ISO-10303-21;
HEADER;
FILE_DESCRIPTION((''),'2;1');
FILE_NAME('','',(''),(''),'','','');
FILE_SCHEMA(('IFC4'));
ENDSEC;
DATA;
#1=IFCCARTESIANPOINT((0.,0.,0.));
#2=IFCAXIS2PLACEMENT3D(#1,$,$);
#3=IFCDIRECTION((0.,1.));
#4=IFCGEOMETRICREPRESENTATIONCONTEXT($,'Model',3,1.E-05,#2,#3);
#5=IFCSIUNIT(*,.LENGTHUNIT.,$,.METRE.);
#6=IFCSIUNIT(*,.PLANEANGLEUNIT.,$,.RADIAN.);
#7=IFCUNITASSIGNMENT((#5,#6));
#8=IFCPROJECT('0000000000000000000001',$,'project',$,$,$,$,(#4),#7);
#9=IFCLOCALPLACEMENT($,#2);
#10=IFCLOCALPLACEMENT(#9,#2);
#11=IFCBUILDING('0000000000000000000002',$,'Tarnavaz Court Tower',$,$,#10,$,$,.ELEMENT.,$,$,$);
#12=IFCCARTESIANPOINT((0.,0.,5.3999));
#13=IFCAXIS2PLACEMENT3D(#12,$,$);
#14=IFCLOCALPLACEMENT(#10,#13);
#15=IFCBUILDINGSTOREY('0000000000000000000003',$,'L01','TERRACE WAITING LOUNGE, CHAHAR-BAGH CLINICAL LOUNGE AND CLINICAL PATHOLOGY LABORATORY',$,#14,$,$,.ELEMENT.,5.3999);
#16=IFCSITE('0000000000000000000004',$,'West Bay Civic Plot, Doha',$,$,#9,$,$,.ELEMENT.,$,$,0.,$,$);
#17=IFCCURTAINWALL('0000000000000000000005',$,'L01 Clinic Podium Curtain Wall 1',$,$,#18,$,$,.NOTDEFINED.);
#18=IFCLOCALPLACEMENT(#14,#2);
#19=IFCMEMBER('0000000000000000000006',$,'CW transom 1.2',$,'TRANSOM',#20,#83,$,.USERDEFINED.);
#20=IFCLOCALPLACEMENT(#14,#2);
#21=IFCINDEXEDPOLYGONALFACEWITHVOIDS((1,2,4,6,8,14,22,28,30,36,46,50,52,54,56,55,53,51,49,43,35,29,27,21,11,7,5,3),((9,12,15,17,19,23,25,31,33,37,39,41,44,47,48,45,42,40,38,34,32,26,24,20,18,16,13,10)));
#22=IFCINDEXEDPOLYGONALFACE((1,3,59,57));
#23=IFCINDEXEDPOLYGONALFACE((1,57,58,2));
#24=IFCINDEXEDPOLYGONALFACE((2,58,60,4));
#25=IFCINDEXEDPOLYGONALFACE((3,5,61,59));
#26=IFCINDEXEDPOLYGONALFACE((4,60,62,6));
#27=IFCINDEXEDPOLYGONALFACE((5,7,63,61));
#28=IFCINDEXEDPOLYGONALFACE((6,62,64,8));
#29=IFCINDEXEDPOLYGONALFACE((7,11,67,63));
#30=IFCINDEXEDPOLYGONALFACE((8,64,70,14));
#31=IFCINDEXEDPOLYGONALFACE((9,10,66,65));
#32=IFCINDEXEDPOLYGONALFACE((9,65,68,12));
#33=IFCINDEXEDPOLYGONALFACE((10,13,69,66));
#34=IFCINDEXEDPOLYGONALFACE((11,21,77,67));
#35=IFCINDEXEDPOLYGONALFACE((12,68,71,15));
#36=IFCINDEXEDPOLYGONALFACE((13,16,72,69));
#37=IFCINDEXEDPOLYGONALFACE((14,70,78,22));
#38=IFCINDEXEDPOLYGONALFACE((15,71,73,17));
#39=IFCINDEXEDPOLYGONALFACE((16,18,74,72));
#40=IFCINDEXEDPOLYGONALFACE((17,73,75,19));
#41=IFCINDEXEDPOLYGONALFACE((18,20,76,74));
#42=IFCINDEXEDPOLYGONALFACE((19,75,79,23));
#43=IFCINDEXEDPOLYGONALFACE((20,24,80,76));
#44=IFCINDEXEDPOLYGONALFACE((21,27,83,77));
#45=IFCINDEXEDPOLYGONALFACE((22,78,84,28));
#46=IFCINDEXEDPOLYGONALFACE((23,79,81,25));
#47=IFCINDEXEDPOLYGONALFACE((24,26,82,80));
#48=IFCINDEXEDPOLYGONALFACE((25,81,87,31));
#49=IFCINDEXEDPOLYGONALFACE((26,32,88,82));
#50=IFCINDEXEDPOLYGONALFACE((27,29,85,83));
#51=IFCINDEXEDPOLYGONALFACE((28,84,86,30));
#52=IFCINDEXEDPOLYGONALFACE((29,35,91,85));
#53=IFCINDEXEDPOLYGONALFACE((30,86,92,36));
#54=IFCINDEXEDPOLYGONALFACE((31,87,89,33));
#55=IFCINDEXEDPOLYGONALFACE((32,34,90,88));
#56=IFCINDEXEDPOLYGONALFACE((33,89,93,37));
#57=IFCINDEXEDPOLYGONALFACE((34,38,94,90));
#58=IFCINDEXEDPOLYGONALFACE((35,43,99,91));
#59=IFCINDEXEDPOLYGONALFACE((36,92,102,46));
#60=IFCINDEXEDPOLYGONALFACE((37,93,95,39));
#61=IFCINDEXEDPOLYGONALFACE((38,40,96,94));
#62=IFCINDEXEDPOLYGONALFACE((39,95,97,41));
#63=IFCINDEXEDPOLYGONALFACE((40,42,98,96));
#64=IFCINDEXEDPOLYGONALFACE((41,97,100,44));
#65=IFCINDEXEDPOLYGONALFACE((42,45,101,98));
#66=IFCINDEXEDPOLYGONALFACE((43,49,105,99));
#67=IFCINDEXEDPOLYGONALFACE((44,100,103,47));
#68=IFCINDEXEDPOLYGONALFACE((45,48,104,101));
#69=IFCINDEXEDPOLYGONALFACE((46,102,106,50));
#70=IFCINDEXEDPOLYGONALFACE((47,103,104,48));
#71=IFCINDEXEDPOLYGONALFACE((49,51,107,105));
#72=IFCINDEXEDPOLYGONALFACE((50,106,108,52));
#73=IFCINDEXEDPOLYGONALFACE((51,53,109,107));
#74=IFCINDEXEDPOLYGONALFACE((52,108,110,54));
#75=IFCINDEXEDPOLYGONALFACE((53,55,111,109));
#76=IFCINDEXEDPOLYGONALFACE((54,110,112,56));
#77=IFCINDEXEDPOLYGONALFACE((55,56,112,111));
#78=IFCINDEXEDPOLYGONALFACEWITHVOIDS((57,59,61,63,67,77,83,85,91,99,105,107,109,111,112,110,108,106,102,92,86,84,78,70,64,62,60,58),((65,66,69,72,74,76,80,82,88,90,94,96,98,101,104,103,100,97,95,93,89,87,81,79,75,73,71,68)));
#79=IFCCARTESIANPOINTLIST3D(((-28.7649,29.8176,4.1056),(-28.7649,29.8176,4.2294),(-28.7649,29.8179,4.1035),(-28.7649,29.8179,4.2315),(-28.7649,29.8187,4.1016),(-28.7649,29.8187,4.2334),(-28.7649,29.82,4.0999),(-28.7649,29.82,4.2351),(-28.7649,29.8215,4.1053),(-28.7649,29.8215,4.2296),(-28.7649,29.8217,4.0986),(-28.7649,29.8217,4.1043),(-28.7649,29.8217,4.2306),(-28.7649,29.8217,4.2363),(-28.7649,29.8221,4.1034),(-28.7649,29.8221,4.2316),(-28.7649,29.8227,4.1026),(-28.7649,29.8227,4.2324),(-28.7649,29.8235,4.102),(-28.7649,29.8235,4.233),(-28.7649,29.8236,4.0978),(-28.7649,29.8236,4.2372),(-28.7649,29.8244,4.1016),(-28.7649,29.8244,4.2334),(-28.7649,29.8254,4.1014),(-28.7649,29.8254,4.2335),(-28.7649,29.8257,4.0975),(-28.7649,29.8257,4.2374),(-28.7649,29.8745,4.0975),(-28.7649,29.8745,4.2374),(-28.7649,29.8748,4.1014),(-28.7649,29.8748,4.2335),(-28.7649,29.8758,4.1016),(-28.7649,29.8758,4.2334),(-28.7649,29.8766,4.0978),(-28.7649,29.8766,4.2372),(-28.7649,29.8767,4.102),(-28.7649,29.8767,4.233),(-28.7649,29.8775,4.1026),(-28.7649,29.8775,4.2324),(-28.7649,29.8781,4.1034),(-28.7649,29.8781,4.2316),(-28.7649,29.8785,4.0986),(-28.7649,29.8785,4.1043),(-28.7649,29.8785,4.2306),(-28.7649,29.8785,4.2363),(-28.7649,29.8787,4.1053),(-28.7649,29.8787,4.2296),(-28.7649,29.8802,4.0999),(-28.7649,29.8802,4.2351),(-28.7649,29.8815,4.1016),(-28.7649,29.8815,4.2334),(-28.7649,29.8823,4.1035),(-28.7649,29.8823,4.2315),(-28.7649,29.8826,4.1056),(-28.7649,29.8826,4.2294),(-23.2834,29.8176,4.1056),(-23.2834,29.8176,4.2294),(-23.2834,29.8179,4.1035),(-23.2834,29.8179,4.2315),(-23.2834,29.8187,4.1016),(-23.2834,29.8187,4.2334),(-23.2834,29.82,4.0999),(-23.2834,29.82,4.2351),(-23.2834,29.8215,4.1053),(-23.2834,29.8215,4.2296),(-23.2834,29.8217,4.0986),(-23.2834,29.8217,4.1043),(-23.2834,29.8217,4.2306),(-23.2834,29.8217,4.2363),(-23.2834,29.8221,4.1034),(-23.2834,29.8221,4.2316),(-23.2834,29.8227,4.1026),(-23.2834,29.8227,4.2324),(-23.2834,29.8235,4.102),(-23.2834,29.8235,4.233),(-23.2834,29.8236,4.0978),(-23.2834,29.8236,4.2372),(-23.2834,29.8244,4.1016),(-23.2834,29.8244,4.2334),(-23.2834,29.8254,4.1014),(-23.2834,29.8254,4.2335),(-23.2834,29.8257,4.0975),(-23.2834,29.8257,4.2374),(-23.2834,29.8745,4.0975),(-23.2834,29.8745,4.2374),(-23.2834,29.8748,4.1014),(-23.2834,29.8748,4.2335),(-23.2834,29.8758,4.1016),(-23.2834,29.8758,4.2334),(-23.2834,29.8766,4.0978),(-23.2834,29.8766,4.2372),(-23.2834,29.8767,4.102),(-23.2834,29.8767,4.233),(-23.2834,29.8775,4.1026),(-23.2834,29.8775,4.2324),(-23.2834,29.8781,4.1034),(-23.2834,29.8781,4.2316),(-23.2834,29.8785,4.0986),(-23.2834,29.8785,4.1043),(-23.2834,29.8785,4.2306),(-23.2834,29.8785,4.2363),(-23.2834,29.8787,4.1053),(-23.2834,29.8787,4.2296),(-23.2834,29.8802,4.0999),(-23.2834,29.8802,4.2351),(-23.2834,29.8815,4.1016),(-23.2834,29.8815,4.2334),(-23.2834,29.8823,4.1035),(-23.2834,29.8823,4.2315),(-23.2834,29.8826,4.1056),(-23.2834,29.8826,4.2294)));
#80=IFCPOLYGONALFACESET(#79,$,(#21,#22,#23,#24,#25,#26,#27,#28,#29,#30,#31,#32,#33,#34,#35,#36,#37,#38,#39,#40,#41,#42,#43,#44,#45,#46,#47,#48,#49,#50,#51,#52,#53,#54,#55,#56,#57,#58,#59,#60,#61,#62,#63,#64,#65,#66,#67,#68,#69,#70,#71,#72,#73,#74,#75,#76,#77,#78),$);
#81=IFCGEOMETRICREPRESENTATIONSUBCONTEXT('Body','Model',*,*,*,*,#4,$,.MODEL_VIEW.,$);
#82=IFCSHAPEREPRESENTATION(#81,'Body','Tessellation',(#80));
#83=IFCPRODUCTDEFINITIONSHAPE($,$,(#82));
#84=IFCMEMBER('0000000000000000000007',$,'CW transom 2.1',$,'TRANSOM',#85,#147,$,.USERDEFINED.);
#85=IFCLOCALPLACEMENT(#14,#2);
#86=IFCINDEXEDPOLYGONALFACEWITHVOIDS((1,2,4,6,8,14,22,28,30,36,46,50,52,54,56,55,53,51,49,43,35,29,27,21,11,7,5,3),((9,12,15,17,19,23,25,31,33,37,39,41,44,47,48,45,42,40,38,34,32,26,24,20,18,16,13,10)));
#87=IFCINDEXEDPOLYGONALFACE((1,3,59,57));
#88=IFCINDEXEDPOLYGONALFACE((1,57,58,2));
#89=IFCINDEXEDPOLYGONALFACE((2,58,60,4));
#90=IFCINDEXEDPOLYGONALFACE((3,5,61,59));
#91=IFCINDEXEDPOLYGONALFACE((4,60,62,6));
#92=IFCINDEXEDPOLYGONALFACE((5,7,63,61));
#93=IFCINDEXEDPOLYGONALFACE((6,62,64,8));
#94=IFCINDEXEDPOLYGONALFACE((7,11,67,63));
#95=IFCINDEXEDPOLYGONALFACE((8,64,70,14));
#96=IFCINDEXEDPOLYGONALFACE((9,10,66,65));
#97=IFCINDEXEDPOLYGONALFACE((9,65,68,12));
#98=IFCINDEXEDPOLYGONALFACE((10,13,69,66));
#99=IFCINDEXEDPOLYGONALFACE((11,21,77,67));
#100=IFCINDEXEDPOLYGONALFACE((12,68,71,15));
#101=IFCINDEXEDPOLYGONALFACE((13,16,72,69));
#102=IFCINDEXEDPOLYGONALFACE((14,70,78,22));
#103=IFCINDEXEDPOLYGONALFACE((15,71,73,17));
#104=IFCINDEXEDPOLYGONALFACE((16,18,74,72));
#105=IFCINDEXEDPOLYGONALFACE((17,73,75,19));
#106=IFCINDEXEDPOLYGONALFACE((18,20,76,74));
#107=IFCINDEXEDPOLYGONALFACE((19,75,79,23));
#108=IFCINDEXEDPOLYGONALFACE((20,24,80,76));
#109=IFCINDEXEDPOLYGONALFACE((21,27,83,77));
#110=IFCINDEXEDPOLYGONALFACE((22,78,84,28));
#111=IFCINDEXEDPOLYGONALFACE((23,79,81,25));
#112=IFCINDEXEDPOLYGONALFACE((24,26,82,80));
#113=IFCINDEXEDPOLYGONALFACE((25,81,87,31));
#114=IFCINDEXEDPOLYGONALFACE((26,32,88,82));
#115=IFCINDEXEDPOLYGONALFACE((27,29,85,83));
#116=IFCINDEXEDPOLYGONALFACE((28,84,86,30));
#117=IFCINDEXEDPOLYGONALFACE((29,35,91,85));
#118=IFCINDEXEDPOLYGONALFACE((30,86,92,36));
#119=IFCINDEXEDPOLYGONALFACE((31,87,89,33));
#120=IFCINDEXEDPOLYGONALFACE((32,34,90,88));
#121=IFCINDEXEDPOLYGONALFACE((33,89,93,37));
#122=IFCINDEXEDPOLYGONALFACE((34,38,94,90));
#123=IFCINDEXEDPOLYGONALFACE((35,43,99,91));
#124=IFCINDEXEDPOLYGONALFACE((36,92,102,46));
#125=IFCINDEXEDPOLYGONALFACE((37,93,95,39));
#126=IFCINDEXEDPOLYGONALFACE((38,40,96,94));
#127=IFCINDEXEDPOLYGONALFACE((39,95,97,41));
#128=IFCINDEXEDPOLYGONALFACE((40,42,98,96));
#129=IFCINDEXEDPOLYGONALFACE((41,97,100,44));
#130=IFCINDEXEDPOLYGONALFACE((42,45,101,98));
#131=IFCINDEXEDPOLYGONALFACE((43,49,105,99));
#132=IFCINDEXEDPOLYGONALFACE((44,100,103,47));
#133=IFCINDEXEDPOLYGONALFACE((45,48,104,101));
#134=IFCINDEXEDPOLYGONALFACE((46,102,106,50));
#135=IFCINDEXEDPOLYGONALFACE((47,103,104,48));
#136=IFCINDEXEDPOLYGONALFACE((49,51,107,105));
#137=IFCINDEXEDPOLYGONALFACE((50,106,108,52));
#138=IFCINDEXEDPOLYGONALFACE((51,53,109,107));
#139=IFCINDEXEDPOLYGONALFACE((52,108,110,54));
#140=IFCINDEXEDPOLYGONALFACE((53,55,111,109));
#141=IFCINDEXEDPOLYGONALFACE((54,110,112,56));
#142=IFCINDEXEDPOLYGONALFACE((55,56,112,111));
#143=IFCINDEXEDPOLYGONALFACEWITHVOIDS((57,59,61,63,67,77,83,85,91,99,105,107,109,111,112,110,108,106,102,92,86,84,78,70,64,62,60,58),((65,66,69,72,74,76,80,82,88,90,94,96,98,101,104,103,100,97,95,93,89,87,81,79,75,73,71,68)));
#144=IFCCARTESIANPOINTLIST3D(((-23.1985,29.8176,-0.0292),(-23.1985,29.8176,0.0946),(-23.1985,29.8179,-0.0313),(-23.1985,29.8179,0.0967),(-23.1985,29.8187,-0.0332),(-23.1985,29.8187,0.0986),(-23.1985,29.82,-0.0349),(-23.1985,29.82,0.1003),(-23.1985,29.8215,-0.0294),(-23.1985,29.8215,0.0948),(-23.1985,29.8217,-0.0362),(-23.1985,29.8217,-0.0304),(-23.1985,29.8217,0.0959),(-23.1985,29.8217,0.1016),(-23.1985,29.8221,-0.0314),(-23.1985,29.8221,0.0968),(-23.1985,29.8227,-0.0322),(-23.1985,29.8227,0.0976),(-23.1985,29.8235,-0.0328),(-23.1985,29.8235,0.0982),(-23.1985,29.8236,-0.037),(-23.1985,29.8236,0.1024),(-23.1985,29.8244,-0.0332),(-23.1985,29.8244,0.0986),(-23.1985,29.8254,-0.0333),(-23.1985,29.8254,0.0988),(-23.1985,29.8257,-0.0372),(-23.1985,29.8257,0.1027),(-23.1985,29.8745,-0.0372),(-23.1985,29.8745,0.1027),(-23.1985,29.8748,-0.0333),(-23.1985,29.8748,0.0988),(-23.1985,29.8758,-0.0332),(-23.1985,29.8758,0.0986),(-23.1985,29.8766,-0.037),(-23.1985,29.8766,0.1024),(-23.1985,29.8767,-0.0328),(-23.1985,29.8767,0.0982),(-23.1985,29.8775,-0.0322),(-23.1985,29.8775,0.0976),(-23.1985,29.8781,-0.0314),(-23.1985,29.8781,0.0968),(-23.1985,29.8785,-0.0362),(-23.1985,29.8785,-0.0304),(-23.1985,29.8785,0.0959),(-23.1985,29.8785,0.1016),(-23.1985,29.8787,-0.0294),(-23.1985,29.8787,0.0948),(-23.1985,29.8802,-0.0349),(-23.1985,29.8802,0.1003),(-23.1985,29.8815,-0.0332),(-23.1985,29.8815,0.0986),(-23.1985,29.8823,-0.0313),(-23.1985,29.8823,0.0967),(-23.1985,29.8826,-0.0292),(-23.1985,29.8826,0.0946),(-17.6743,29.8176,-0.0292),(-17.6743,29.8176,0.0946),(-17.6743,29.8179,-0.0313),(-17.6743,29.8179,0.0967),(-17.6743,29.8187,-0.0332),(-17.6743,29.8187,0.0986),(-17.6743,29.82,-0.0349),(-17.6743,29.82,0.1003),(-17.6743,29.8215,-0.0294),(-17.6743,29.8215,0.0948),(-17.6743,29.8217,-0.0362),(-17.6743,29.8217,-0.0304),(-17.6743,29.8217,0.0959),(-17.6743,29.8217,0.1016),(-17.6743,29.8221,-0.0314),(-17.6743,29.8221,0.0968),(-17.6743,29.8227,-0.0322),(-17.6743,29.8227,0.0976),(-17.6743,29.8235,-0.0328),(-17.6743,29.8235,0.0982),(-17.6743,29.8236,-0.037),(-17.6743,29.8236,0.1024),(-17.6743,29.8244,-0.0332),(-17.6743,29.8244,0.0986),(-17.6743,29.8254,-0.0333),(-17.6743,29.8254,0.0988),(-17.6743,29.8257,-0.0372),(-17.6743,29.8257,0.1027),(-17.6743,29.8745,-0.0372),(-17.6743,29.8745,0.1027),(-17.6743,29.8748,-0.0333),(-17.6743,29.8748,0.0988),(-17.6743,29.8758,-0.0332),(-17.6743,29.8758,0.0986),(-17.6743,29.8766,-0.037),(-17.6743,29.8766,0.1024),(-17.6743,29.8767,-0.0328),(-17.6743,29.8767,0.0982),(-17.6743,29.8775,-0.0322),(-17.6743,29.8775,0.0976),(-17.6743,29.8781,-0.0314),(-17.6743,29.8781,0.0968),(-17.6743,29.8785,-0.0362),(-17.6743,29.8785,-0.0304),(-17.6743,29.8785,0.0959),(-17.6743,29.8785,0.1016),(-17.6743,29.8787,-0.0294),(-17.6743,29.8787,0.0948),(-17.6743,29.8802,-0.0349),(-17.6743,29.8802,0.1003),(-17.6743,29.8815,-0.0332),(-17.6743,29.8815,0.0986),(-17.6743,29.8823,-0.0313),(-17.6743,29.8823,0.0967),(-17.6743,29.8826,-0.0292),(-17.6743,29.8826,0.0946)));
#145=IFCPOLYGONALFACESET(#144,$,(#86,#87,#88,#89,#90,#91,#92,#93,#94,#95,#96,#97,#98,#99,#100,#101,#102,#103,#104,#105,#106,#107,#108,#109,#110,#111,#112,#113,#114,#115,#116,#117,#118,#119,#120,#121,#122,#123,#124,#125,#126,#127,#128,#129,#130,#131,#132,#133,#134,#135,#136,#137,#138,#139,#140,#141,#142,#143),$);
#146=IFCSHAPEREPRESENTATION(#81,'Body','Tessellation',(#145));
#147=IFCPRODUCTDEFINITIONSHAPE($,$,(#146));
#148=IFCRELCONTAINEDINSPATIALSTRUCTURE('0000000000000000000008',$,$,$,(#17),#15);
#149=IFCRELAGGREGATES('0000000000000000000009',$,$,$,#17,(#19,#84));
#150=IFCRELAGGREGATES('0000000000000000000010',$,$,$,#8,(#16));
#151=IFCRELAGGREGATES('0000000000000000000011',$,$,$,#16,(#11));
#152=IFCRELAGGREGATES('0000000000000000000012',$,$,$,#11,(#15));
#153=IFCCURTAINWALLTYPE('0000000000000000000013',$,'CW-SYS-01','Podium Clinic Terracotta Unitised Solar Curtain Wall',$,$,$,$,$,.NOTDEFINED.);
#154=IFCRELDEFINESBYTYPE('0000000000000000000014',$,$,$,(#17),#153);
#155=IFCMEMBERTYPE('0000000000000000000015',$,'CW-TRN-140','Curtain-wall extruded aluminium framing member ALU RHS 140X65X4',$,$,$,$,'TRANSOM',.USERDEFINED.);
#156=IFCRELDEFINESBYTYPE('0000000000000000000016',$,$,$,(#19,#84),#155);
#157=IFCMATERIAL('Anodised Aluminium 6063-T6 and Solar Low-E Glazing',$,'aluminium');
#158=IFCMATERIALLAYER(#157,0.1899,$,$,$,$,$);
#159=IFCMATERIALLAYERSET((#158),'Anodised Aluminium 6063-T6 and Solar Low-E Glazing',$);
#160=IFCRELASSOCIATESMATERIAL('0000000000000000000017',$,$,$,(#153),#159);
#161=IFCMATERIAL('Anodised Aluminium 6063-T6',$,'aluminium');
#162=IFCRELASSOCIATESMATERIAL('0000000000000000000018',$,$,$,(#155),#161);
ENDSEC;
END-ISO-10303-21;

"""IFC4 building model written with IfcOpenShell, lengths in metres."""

from ifc_helpers import new_model, si_unit, direction, frame, origin, origin_2d, place, context, subcontext, project, spatial, hollow_rectangle, extrude, material, layer, layer_set, material_profile, profile_set, type_object, element, aggregate, save


model = new_model("IFC4")

# Units and contexts
model_context = context("Model", 3, precision=1e-05, world=origin(), true_north=direction((0.0, 1.0)))
body_context = subcontext(model_context, "Body", "Model", "MODEL_VIEW")
ifc_project = project(units=[si_unit("LENGTHUNIT", "METRE"), si_unit("PLANEANGLEUNIT", "RADIAN")], contexts=[model_context])

# Site, building, storey
site_placement = place(None, origin())
site = spatial("IfcSite", under=ifc_project, at=site_placement, Name="West Bay Civic Plot, Doha", CompositionType="ELEMENT", RefElevation=0.0)
building_placement = place(site_placement, origin())
building = spatial("IfcBuilding", under=site, at=building_placement, Name="Tarnavaz Court Tower", CompositionType="ELEMENT")
storey_placement = place(building_placement, frame((0.0, 0.0, 5.3999)))
storey = spatial("IfcBuildingStorey", under=building, at=storey_placement, Name="L01", Description="TERRACE WAITING LOUNGE, CHAHAR-BAGH CLINICAL LOUNGE AND CLINICAL PATHOLOGY LABORATORY", CompositionType="ELEMENT", Elevation=5.3999)

# Curtain wall, members
ifc_material_1 = material(Name="Anodised Aluminium 6063-T6 and Solar Low-E Glazing", Category="aluminium")
ifc_layer_1 = layer(ifc_material_1, 0.1899)
ifc_layer_set_1 = layer_set([ifc_layer_1], Name="Anodised Aluminium 6063-T6 and Solar Low-E Glazing")
curtain_wall_type = type_object("IfcCurtainWallType", Name="CW-SYS-01", Description="Podium Clinic Terracotta Unitised Solar Curtain Wall", PredefinedType="NOTDEFINED", material=ifc_layer_set_1)
curtain_wall_placement = place(storey_placement, origin())
curtain_wall = element("IfcCurtainWall", 1, at=curtain_wall_placement, inside=storey, type_object=curtain_wall_type, Name="L01 Clinic Podium Curtain Wall 1", PredefinedType="NOTDEFINED")
ifc_material_2 = material(Name="Anodised Aluminium 6063-T6", Category="aluminium")
ifc_material_profile_1 = material_profile(ifc_material_2, hollow_rectangle(XDim=0.0649, YDim=0.1399, WallThickness=0.0039, InnerFilletRadius=0.0039, OuterFilletRadius=0.0081, at=origin_2d()), Name="ALU RHS 140X65X4")
ifc_profile_set_1 = profile_set([ifc_material_profile_1], Name="Anodised Aluminium 6063-T6")
member_type_1 = type_object("IfcMemberType", Name="CW-TRN-140", Description="Curtain-wall extruded aluminium framing member ALU RHS 140X65X4", ElementType="TRANSOM", PredefinedType="USERDEFINED", material=ifc_profile_set_1)
member_1_placement = place(storey_placement, frame((-28.7649, 29.8501, 4.1675), z_axis=(1.0, 0.0, 0.0), x_axis=(0.0, 1.0, 0.0)))
member_1 = element("IfcMember", 2, at=member_1_placement, type_object=member_type_1, Name="CW transom 1.2", ObjectType="TRANSOM", PredefinedType="USERDEFINED", context=body_context, shape_type="SweptSolid", body=[
    extrude(hollow_rectangle(XDim=0.0649, YDim=0.1399, WallThickness=0.0039, InnerFilletRadius=0.0039, OuterFilletRadius=0.0081, at=origin_2d()), origin(), (0.0, 0.0, 1.0), 5.4814),
])
member_2_placement = place(storey_placement, frame((-23.1985, 29.8501, 0.0327), z_axis=(1.0, 0.0, 0.0), x_axis=(0.0, 1.0, 0.0)))
member_2 = element("IfcMember", 3, at=member_2_placement, type_object=member_type_1, Name="CW transom 2.1", ObjectType="TRANSOM", PredefinedType="USERDEFINED", context=body_context, shape_type="SweptSolid", body=[
    extrude(hollow_rectangle(XDim=0.0649, YDim=0.1399, WallThickness=0.0039, InnerFilletRadius=0.0039, OuterFilletRadius=0.0081, at=origin_2d()), origin(), (0.0, 0.0, 1.0), 5.5242),
])
aggregate(curtain_wall, [member_1, member_2])

save(model, "model.ifc")
